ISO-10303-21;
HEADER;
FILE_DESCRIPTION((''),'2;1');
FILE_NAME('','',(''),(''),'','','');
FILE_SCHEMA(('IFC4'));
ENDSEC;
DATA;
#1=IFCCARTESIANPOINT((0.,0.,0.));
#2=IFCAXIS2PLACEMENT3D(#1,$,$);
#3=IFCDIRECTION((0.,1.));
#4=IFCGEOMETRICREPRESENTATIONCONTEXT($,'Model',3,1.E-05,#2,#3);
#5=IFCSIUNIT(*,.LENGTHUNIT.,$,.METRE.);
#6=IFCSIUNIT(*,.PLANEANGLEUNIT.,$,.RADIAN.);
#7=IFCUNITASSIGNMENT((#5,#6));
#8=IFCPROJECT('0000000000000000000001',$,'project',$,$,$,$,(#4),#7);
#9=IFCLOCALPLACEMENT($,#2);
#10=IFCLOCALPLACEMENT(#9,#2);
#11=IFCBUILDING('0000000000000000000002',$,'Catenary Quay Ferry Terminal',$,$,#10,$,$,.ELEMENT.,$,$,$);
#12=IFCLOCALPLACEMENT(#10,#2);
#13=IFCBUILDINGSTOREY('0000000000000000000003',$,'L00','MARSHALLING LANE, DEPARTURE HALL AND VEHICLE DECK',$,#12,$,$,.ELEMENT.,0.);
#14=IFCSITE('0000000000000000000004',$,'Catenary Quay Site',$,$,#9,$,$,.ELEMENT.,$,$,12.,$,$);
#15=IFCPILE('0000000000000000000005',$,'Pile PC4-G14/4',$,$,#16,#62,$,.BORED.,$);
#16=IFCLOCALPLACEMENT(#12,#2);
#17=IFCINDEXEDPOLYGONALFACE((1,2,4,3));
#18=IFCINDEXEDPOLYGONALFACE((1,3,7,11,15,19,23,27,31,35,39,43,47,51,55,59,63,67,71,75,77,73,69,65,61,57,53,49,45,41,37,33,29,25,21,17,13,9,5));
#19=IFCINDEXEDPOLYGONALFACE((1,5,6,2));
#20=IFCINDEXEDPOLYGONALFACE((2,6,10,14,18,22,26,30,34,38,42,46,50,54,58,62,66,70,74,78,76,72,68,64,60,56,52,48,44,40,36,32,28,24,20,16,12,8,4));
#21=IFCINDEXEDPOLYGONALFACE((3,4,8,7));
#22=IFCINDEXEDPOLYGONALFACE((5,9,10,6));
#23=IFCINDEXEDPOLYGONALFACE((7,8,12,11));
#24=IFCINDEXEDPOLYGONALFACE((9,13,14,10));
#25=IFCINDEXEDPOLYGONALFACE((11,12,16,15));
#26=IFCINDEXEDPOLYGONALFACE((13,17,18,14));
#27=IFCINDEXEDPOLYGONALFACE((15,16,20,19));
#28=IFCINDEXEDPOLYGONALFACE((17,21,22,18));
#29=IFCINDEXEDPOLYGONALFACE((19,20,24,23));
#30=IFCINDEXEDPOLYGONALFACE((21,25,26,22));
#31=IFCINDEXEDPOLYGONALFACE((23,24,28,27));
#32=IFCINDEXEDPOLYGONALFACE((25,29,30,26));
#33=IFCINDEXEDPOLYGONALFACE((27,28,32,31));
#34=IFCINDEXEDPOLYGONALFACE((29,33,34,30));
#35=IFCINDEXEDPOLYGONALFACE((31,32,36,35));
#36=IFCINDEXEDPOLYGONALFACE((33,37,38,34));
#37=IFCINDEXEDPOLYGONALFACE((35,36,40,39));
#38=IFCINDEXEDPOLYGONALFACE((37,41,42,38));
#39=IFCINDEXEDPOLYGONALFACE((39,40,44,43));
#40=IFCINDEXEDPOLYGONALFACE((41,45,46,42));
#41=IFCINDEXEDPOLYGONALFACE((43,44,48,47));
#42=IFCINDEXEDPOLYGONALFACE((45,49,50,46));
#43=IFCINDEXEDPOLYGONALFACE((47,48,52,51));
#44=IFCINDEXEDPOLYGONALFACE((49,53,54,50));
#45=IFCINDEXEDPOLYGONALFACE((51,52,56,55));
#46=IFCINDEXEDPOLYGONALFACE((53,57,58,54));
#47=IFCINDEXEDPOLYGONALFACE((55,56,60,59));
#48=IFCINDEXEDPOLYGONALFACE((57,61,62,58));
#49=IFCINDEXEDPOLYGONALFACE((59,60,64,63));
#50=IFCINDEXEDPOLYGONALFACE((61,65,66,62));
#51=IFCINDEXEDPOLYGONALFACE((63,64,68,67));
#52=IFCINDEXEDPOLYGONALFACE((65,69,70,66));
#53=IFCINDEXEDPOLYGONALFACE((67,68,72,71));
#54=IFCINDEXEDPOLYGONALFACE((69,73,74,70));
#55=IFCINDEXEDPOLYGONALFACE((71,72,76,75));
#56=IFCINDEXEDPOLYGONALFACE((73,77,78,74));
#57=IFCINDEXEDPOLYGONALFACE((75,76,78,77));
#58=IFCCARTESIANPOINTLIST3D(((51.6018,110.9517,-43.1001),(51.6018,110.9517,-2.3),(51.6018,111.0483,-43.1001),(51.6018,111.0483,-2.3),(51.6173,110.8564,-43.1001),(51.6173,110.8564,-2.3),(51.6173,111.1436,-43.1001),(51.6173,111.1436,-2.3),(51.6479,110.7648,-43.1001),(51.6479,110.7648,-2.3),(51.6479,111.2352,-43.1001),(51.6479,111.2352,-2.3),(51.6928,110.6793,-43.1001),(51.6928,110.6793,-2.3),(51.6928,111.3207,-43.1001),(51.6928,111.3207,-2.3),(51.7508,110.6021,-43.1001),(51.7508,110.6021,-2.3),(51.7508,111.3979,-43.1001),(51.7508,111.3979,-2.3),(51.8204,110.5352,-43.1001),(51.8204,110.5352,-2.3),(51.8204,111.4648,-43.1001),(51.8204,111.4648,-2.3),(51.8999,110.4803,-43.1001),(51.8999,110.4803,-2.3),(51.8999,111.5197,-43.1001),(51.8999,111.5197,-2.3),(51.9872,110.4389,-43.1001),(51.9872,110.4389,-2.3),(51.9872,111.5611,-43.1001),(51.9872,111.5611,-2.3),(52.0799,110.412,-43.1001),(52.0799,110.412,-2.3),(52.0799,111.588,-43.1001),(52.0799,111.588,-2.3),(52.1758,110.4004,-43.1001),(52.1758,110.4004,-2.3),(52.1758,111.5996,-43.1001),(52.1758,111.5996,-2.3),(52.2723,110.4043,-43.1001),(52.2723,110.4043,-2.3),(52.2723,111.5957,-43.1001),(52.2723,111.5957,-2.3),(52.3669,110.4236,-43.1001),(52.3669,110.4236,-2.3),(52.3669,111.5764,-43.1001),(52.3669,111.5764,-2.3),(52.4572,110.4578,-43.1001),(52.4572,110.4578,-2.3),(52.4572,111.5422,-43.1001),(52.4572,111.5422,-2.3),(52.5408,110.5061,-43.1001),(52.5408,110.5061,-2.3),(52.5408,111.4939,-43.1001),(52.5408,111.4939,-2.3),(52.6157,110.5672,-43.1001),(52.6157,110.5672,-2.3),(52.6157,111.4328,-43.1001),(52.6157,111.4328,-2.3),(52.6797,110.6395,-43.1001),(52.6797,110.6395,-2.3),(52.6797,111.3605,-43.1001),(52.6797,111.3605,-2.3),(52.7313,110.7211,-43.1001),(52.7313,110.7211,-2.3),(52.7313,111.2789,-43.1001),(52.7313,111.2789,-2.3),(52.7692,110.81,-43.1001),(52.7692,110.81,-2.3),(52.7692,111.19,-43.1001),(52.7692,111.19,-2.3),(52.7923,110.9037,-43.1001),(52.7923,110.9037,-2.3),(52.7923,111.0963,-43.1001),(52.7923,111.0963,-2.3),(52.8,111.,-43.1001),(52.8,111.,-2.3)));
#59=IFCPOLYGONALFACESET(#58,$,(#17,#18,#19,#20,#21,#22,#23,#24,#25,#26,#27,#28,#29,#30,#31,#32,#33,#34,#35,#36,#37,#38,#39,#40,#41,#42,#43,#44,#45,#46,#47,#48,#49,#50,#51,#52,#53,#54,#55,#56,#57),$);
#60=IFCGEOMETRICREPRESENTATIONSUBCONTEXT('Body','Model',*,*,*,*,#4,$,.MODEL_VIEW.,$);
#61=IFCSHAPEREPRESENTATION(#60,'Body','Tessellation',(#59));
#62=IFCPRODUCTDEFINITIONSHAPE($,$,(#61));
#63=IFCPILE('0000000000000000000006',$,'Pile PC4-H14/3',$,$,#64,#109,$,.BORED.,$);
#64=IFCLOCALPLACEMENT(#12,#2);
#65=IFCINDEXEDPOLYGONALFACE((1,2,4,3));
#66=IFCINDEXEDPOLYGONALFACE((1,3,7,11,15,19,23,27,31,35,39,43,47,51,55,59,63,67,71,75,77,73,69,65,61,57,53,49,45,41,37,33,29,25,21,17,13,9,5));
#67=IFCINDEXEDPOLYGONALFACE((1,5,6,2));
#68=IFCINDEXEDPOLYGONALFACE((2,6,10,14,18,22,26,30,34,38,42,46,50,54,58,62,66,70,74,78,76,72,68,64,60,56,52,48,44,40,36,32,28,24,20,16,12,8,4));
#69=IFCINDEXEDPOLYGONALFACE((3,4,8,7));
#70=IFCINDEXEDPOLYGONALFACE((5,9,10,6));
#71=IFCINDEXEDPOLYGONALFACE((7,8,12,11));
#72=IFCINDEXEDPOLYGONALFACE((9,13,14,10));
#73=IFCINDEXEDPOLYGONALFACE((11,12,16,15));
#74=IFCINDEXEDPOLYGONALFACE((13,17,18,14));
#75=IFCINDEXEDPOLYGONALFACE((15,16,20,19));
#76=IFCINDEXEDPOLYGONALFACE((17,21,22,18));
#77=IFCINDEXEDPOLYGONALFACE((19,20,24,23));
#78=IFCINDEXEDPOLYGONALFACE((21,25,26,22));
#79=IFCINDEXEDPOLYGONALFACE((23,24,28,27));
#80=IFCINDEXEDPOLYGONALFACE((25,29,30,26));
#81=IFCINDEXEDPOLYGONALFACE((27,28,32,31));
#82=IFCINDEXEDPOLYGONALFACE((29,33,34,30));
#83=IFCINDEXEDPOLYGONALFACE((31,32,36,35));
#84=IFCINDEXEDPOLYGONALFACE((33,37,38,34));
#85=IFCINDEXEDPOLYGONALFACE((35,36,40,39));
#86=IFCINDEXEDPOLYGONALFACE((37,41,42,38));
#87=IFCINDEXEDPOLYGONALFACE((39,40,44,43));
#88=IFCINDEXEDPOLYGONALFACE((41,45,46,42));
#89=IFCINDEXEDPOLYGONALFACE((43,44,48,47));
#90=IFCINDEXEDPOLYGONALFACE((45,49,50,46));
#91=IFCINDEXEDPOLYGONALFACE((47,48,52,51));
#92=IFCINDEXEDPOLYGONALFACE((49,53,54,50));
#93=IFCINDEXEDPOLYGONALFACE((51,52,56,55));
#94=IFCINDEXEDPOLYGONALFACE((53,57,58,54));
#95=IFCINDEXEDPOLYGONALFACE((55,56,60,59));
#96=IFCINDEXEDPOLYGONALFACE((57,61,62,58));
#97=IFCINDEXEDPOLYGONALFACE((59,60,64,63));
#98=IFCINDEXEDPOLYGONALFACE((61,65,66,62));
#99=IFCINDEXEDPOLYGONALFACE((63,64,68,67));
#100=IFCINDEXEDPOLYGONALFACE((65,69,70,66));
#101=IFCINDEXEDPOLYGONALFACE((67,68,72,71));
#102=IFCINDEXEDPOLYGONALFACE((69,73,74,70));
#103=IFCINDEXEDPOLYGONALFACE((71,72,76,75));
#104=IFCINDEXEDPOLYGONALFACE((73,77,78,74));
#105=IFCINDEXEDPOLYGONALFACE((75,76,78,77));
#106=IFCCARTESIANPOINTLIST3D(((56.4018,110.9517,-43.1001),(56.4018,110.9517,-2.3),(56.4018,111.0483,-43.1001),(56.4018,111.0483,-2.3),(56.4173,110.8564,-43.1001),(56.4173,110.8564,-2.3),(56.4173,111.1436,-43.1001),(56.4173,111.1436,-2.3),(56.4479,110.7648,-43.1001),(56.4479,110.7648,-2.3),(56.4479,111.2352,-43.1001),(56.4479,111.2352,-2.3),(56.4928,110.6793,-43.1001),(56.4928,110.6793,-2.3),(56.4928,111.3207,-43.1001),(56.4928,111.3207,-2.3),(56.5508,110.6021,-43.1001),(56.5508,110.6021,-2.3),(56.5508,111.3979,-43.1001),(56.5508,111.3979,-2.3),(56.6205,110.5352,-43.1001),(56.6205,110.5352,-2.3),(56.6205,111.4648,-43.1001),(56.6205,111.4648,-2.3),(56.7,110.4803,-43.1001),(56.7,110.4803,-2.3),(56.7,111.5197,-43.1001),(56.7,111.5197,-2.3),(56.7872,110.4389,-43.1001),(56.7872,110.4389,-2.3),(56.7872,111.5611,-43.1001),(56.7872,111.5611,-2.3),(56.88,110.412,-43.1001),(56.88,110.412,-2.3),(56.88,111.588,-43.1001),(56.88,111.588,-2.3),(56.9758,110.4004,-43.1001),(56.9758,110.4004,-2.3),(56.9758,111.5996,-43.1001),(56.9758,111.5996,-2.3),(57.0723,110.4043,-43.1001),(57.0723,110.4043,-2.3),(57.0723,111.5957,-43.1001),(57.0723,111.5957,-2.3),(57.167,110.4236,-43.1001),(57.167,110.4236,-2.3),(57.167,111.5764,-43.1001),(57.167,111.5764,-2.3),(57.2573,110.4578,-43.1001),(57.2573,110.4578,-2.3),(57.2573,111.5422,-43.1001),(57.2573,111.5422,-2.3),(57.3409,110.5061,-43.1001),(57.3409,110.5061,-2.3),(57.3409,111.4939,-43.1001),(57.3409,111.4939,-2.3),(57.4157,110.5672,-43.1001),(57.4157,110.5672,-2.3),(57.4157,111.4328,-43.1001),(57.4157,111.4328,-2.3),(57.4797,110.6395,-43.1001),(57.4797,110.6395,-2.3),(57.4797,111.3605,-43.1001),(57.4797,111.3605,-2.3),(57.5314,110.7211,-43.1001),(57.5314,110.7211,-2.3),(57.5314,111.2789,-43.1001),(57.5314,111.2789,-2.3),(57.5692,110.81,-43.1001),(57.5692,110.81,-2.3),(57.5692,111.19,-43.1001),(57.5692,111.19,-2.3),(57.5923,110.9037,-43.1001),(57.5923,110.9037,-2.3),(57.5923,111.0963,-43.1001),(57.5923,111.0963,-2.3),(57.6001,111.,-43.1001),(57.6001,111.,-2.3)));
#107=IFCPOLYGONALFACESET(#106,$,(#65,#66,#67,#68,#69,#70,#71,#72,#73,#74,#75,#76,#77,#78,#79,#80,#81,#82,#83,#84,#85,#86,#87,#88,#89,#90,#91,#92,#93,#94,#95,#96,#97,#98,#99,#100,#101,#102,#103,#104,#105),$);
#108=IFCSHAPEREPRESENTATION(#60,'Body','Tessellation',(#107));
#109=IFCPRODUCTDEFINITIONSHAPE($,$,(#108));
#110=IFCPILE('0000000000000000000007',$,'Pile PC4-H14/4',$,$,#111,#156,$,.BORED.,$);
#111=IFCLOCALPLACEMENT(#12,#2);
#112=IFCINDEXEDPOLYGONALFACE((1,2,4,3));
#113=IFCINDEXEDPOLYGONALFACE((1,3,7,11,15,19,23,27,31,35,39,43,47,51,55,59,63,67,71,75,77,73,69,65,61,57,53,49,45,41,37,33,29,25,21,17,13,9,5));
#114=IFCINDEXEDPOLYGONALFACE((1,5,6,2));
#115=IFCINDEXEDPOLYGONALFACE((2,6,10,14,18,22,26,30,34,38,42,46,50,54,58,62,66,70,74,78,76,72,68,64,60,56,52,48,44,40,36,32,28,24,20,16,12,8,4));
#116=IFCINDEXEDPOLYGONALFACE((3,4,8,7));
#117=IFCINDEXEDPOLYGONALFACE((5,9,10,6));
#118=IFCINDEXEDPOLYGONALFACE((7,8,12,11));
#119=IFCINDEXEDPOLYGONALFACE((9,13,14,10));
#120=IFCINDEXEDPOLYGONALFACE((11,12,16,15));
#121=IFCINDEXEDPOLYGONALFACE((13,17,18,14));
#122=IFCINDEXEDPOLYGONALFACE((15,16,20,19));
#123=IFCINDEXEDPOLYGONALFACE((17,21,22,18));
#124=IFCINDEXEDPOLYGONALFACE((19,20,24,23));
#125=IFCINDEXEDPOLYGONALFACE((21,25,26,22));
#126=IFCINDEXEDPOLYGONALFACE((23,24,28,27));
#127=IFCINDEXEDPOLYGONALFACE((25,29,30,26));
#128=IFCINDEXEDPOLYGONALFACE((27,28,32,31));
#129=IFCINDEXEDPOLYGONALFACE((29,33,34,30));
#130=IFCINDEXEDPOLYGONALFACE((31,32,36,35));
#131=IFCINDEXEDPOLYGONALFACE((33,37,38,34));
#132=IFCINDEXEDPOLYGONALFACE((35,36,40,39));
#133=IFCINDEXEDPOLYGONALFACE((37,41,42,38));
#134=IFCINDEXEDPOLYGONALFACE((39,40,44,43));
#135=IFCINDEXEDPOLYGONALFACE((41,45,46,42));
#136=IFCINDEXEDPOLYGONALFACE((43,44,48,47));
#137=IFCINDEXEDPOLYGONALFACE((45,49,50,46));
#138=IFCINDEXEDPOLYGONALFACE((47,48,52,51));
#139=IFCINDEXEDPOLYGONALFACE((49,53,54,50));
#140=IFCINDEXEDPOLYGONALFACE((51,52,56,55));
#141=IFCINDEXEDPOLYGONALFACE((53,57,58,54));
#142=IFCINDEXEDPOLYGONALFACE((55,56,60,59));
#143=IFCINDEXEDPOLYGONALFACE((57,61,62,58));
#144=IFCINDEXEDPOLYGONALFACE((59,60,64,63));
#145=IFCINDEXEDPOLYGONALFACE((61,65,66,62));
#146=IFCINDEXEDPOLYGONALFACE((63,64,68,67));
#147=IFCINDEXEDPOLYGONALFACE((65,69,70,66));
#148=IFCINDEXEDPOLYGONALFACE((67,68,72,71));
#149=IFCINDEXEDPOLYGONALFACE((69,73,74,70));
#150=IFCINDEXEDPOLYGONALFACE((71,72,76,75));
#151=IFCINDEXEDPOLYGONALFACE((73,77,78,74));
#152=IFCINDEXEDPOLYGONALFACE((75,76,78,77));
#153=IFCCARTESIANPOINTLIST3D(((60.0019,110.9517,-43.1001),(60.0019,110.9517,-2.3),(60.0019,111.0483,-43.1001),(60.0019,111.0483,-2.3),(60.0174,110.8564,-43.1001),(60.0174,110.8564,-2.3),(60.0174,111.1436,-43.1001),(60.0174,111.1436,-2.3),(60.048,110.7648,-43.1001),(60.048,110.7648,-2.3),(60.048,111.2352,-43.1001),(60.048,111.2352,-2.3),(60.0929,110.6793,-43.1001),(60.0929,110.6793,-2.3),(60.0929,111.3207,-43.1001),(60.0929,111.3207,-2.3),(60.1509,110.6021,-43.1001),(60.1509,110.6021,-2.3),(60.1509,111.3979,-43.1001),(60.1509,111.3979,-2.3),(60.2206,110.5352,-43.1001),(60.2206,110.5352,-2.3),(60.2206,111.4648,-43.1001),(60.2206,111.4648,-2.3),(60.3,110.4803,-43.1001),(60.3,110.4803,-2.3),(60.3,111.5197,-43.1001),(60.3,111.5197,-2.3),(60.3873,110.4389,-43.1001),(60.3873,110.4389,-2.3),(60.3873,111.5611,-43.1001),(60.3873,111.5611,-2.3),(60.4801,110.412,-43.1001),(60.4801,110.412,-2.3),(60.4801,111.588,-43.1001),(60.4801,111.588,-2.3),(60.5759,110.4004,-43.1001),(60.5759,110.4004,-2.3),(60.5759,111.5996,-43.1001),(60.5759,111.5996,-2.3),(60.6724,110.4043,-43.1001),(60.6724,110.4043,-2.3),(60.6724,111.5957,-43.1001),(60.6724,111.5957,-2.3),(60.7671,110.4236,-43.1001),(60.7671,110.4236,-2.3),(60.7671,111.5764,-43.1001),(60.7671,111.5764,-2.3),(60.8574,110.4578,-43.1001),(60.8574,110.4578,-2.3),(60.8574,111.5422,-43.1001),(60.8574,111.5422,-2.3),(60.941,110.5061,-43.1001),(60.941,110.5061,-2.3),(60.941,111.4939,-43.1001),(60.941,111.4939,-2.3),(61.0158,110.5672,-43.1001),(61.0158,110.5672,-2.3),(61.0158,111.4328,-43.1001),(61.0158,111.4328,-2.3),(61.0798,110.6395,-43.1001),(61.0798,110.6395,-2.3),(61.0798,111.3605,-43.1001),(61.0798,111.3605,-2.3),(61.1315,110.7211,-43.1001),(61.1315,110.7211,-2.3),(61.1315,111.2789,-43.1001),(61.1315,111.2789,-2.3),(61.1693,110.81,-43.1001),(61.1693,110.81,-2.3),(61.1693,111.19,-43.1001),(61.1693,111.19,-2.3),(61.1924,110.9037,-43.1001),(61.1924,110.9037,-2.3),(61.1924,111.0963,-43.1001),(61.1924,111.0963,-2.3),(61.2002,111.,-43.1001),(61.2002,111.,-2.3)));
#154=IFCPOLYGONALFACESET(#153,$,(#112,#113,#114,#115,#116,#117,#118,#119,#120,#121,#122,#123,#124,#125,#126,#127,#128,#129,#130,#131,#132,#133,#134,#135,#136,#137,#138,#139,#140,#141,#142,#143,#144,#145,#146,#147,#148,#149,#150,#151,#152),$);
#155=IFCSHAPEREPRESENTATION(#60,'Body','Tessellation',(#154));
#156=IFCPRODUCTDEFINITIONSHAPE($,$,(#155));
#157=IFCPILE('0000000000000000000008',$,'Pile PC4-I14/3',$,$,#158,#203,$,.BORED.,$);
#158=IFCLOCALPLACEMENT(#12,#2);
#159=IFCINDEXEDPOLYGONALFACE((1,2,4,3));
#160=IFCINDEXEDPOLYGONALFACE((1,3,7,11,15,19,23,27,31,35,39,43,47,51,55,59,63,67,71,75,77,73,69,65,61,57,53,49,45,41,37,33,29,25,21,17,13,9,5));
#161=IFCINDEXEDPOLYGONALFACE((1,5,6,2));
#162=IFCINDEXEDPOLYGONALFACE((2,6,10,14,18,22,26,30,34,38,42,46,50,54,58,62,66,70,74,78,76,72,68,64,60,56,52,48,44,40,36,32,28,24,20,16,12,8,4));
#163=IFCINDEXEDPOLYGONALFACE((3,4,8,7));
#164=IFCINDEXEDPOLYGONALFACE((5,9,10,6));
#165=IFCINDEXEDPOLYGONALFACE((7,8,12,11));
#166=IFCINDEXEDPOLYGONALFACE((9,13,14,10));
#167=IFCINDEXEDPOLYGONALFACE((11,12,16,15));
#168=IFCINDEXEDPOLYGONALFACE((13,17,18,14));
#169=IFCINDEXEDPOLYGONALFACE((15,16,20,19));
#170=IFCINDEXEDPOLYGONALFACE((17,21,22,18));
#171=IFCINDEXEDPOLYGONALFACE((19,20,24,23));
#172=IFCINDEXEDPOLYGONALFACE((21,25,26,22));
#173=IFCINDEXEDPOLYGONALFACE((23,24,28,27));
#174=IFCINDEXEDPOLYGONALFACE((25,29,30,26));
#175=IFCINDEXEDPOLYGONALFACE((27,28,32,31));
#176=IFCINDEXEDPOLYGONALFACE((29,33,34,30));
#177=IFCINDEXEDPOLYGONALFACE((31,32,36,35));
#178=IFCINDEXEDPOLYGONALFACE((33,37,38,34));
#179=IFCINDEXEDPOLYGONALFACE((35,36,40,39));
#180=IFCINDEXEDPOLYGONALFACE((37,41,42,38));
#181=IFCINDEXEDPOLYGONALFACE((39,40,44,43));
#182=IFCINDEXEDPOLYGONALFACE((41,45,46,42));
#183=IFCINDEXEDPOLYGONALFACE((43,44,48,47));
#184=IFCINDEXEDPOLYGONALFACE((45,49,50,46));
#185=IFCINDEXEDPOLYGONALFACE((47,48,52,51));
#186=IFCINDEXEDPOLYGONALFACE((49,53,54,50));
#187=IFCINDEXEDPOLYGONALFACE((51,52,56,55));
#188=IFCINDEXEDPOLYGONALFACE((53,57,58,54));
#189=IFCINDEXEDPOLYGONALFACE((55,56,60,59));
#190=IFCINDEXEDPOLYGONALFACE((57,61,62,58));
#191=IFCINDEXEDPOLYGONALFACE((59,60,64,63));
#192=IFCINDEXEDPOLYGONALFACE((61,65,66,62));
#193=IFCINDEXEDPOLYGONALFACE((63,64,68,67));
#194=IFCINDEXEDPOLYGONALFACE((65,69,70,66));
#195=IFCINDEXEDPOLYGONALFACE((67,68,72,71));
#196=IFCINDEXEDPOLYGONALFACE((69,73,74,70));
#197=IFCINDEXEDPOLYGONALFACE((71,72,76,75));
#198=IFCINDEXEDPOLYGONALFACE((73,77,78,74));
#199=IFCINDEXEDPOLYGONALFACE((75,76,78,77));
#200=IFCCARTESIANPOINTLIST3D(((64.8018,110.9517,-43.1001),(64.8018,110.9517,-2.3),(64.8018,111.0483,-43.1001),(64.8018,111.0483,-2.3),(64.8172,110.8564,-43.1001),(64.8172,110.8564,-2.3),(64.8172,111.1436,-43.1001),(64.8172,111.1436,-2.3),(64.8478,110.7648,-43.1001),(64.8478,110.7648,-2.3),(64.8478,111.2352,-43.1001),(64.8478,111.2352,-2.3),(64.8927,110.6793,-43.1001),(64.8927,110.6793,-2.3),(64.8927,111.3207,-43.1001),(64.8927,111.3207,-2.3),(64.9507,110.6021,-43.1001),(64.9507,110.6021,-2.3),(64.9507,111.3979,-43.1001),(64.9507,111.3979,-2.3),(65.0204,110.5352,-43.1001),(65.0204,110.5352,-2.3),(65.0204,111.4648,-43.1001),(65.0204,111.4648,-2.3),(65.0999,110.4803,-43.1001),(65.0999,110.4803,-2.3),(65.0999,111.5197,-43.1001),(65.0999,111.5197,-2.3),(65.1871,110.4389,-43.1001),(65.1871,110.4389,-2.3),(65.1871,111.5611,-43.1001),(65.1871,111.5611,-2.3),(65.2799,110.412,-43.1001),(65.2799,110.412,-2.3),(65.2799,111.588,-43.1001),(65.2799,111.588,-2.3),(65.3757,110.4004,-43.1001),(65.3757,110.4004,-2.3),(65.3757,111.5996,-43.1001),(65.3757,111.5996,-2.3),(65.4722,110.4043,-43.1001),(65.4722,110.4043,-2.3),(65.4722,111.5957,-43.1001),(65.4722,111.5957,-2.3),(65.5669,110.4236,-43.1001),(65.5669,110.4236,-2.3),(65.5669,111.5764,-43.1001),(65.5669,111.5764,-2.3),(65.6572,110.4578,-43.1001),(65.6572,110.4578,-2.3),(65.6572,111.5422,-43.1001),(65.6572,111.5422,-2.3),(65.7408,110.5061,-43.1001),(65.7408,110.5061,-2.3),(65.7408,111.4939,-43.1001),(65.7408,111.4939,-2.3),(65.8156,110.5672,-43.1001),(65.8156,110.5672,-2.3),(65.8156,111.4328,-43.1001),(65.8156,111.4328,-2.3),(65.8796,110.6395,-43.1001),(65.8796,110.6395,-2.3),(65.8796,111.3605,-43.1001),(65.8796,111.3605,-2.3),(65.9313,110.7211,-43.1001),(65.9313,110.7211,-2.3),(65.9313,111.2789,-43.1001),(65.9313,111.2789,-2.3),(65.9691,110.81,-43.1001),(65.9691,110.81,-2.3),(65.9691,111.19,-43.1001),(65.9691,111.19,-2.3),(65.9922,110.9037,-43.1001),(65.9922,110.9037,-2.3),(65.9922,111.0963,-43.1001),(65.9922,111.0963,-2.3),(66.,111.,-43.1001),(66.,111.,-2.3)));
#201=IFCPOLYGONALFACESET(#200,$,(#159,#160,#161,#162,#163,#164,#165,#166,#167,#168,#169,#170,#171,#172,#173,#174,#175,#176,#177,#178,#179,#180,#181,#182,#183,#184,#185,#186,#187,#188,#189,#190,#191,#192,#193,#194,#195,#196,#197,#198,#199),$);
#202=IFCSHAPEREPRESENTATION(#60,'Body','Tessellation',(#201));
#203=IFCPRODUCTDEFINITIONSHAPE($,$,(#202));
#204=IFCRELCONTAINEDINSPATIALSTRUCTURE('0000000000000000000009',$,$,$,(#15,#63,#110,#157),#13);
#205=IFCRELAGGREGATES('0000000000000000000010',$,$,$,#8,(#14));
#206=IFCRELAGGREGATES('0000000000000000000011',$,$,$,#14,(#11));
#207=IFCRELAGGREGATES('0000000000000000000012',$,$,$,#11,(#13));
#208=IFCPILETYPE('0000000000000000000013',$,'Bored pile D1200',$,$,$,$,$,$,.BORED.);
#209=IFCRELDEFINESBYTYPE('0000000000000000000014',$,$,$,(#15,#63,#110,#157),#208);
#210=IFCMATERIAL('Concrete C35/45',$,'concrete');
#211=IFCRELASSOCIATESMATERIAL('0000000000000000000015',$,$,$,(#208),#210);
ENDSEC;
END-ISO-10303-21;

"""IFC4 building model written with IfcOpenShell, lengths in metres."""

from ifc_helpers import new_model, si_unit, direction, frame, origin, origin_2d, place, context, subcontext, project, spatial, circle, extrude, material, material_profile, profile_set, type_object, element, save


model = new_model("IFC4")

# Units and contexts
model_context = context("Model", 3, precision=1e-05, world=origin(), true_north=direction((0.0, 1.0)))
body_context = subcontext(model_context, "Body", "Model", "MODEL_VIEW")
ifc_project = project(units=[si_unit("LENGTHUNIT", "METRE"), si_unit("PLANEANGLEUNIT", "RADIAN")], contexts=[model_context])

# Site, building, storey
site_placement = place(None, origin())
site = spatial("IfcSite", under=ifc_project, at=site_placement, Name="Catenary Quay Site", CompositionType="ELEMENT", RefElevation=12.0)
building_placement = place(site_placement, origin())
building = spatial("IfcBuilding", under=site, at=building_placement, Name="Catenary Quay Ferry Terminal", CompositionType="ELEMENT")
storey_placement = place(building_placement, origin())
storey = spatial("IfcBuildingStorey", under=building, at=storey_placement, Name="L00", Description="MARSHALLING LANE, DEPARTURE HALL AND VEHICLE DECK", CompositionType="ELEMENT", Elevation=0.0)

# Piles
ifc_material_1 = material(Name="Concrete C35/45", Category="concrete")
ifc_material_profile_1 = material_profile(ifc_material_1, circle(Radius=0.6001, at=origin_2d()), Name="D1200")
ifc_profile_set_1 = profile_set([ifc_material_profile_1], Name="Concrete C35/45")
pile_type = type_object("IfcPileType", Name="Bored pile D1200", PredefinedType="BORED", material=ifc_profile_set_1)
for number, where, z_axis, x_axis, name in (
    (1, (52.2, 111.0, -2.3), (0.0, 0.0, -1.0), (1.0, 0.0, 0.0), "Pile PC4-G14/4"),
    (2, (57.0, 111.0, -2.3), (0.0, 0.0, -1.0), (1.0, 0.0, 0.0), "Pile PC4-H14/3"),
    (3, (60.6001, 111.0, -2.3), (0.0, 0.0, -1.0), (1.0, 0.0, 0.0), "Pile PC4-H14/4"),
    (4, (65.3999, 111.0, -2.3), (0.0, 0.0, -1.0), (1.0, 0.0, 0.0), "Pile PC4-I14/3"),
):
    element("IfcPile", number, at=place(storey_placement, frame(where, z_axis=z_axis, x_axis=x_axis)), inside=storey, type_object=pile_type, Name=name, PredefinedType="BORED", context=body_context, shape_type="SweptSolid", body=[
        extrude(circle(Radius=0.6001, at=origin_2d()), origin(), (0.0, 0.0, 1.0), 40.8),
    ])

save(model, "model.ifc")
